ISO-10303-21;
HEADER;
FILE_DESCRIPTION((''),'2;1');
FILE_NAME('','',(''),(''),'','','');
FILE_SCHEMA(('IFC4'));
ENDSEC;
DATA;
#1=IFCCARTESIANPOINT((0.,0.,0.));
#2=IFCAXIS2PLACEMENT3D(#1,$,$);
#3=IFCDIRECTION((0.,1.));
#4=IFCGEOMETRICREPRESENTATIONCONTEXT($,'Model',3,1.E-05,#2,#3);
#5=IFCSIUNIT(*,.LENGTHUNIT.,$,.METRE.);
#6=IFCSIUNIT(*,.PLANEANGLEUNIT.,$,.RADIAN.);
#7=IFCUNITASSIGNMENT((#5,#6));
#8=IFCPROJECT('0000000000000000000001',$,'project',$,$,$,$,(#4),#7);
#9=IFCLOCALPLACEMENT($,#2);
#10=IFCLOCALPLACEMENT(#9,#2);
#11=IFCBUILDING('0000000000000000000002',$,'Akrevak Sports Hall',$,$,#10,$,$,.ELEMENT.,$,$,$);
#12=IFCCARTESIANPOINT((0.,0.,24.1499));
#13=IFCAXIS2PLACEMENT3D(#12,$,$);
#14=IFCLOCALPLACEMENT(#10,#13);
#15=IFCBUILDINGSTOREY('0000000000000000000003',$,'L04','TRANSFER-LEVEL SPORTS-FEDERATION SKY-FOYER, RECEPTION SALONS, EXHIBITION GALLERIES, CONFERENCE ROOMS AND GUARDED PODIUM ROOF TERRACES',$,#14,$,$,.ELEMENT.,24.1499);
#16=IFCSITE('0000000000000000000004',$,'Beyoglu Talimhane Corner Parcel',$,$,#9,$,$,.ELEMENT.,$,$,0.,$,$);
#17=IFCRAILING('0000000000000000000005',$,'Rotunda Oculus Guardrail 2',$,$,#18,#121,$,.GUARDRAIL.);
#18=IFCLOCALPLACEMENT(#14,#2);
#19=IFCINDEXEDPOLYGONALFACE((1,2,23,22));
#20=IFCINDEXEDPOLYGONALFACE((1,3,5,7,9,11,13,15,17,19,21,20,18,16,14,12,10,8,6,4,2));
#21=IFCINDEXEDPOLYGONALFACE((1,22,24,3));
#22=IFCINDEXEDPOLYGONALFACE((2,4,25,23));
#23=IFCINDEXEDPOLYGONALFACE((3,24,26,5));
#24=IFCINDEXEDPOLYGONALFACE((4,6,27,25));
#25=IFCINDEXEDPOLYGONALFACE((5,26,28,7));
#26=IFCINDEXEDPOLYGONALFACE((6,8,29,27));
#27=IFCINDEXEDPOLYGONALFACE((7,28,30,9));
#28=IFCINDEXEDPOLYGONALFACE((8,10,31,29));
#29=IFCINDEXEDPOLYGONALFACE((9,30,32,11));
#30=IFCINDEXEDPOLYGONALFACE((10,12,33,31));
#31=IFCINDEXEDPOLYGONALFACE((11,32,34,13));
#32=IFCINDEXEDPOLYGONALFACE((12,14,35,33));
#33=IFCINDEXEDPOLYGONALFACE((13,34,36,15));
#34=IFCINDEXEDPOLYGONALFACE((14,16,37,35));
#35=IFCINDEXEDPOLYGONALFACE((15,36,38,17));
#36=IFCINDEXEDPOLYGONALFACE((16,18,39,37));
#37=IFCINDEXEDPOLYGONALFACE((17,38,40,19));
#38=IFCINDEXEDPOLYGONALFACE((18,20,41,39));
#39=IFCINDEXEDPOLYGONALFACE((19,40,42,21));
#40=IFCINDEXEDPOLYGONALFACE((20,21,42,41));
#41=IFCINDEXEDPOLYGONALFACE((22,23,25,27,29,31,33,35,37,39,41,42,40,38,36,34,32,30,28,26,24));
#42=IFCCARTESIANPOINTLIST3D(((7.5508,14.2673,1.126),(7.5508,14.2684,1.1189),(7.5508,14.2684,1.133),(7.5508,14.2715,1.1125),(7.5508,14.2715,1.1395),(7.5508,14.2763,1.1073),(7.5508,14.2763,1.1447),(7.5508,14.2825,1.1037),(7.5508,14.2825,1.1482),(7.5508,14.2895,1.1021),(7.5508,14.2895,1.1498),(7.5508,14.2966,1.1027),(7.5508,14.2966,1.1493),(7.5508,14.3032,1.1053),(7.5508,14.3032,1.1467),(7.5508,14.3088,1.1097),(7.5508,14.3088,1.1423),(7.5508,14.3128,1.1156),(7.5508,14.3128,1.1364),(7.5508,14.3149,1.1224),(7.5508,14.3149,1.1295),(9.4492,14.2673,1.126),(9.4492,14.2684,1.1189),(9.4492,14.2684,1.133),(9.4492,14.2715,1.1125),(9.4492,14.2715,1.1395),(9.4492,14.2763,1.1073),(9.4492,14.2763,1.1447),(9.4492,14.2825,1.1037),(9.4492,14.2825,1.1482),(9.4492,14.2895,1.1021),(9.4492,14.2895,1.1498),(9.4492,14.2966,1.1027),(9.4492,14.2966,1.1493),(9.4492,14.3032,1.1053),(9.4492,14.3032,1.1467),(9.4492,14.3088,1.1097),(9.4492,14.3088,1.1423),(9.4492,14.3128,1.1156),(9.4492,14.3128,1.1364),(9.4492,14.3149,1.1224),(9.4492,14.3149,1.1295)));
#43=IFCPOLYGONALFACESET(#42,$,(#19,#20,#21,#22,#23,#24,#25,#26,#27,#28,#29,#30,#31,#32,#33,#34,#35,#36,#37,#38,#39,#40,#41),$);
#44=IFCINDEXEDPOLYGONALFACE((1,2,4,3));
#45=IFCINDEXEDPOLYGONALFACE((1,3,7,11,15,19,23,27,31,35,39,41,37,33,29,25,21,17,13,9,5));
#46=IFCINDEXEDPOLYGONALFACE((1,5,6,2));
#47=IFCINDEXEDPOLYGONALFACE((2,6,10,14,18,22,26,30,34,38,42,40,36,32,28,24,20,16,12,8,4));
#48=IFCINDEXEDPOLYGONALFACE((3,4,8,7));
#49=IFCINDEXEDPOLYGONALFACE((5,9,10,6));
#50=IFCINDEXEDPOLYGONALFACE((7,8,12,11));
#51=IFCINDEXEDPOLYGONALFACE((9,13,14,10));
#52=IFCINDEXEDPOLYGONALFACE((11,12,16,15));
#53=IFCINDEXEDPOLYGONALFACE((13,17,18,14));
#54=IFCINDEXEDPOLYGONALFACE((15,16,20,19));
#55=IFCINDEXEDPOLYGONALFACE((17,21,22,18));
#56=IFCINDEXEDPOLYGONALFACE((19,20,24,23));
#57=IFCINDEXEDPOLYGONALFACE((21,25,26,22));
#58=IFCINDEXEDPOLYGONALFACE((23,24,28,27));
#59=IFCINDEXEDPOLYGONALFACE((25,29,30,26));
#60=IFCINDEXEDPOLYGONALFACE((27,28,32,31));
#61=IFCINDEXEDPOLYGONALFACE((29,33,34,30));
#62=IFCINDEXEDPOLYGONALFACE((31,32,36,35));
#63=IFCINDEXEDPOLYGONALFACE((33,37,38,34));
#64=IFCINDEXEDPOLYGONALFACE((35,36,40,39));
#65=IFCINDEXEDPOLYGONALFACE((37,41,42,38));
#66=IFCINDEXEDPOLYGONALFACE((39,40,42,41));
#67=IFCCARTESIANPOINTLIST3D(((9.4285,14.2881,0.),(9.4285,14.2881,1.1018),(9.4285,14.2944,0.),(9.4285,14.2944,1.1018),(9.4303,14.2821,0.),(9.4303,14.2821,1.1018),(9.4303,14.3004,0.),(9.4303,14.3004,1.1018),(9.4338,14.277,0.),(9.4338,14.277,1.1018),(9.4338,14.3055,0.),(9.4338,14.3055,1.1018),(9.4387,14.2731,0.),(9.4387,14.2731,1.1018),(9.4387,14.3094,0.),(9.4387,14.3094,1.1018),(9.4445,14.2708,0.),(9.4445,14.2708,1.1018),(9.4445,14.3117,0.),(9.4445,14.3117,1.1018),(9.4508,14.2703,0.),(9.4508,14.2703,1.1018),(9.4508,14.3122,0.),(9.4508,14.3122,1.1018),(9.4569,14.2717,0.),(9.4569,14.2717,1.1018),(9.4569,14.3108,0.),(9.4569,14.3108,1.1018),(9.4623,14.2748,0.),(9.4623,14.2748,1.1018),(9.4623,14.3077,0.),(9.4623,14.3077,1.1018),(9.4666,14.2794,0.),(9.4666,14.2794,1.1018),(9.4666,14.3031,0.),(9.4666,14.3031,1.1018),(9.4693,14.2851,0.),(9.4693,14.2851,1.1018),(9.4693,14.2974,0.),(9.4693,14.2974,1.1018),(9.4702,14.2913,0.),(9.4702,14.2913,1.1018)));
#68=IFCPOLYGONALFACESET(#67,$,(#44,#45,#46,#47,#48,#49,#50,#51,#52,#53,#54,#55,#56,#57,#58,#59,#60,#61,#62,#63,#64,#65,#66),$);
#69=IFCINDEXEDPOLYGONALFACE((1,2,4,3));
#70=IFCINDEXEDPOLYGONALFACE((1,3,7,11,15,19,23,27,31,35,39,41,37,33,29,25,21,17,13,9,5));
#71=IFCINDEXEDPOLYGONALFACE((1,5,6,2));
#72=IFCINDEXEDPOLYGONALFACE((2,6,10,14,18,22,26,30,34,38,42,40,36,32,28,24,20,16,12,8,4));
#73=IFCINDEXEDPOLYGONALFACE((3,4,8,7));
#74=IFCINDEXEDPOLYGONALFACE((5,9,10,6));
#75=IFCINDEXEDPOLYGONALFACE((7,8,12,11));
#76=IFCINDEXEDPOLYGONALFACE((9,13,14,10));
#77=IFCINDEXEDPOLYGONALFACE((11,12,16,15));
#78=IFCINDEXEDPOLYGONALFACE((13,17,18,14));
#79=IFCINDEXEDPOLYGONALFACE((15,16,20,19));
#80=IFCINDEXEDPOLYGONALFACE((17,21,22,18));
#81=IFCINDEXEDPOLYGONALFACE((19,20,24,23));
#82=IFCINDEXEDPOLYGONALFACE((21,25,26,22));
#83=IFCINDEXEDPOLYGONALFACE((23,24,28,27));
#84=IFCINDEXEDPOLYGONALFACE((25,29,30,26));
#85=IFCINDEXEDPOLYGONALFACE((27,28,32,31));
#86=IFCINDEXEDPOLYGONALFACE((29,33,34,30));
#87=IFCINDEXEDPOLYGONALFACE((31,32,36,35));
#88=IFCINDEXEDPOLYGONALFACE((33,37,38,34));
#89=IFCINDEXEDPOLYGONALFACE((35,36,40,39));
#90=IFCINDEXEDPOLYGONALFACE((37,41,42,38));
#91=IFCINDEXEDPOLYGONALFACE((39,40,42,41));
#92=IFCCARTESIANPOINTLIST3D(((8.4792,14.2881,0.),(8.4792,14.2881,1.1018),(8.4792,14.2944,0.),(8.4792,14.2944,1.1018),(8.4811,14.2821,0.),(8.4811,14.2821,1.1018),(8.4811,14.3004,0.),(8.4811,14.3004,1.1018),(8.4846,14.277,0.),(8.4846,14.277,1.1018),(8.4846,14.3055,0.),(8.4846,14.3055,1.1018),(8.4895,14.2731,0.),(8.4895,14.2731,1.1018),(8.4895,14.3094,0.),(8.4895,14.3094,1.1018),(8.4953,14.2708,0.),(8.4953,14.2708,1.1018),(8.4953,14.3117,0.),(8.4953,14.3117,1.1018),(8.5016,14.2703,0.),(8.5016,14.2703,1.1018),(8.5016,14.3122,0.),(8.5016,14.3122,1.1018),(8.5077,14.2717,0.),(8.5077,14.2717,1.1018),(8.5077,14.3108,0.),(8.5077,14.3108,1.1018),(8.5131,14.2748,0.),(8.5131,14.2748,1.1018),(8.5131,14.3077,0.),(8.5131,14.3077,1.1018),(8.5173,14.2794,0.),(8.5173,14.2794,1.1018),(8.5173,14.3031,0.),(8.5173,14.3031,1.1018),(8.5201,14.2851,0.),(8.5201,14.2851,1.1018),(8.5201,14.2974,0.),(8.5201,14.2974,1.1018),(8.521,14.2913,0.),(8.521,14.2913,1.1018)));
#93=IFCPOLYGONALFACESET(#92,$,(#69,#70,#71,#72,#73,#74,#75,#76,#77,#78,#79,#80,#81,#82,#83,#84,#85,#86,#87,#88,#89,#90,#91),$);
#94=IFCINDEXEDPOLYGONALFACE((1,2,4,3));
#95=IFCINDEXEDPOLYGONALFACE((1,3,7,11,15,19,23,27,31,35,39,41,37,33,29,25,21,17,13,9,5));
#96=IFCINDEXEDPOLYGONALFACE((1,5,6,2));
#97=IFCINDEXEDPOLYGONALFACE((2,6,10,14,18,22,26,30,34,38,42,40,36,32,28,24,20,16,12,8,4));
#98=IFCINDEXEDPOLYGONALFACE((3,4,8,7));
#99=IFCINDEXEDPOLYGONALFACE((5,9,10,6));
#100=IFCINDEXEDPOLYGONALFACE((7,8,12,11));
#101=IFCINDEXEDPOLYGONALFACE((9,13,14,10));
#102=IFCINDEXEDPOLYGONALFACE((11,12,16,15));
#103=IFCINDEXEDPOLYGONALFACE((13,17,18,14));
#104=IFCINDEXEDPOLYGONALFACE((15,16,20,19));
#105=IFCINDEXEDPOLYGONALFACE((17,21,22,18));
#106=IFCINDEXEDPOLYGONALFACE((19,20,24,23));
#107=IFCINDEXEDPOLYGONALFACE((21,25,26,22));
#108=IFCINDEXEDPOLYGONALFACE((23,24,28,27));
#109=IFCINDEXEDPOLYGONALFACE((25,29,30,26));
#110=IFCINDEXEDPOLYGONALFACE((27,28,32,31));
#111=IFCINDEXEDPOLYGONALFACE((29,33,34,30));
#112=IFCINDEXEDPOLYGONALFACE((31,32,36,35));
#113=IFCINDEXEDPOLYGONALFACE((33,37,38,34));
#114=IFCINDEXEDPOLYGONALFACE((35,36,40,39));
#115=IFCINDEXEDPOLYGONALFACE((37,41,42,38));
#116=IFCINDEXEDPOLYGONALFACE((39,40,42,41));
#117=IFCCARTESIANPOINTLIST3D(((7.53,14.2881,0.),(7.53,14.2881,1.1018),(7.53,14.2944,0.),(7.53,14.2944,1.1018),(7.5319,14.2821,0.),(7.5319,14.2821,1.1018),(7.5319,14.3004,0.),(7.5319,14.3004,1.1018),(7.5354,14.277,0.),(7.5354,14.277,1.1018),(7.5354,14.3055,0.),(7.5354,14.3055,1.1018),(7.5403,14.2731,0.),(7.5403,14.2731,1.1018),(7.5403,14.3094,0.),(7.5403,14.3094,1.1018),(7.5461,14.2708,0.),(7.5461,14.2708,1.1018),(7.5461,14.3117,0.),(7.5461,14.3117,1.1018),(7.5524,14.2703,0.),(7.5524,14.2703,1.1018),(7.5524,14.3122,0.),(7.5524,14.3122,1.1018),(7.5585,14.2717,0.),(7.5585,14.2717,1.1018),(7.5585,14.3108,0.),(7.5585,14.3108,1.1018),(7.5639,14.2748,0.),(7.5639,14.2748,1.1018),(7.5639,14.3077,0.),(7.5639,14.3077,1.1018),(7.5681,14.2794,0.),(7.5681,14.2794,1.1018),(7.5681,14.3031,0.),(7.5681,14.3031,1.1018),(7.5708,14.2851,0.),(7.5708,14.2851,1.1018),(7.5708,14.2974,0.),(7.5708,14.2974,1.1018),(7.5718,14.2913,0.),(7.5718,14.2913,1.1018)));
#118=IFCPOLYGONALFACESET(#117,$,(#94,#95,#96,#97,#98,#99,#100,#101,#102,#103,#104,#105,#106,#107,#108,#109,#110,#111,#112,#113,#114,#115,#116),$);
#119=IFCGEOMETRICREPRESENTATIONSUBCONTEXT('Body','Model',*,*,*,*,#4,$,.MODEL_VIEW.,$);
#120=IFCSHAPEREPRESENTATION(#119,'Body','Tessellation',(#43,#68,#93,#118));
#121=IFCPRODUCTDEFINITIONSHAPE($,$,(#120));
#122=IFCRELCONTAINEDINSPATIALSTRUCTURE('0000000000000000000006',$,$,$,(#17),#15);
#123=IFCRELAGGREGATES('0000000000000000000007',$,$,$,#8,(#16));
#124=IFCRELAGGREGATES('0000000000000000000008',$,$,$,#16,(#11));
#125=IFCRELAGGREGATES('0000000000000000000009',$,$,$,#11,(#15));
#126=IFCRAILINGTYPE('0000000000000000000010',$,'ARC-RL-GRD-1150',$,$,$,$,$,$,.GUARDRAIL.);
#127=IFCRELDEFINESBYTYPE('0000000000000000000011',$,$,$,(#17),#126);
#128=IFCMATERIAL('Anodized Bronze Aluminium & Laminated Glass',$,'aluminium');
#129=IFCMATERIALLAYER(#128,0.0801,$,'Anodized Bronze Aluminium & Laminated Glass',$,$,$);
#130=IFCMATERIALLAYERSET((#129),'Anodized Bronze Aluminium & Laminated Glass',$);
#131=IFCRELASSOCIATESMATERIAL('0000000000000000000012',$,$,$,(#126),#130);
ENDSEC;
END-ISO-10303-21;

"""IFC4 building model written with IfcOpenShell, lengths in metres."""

from ifc_helpers import new_model, si_unit, direction, frame, origin, origin_2d, place, context, subcontext, project, spatial, circle, extrude, material, layer, layer_set, type_object, element, save


model = new_model("IFC4")

# Units and contexts
model_context = context("Model", 3, precision=1e-05, world=origin(), true_north=direction((0.0, 1.0)))
body_context = subcontext(model_context, "Body", "Model", "MODEL_VIEW")
ifc_project = project(units=[si_unit("LENGTHUNIT", "METRE"), si_unit("PLANEANGLEUNIT", "RADIAN")], contexts=[model_context])

# Site, building, storey
site_placement = place(None, origin())
site = spatial("IfcSite", under=ifc_project, at=site_placement, Name="Beyoglu Talimhane Corner Parcel", CompositionType="ELEMENT", RefElevation=0.0)
building_placement = place(site_placement, origin())
building = spatial("IfcBuilding", under=site, at=building_placement, Name="Akrevak Sports Hall", CompositionType="ELEMENT")
storey_placement = place(building_placement, frame((0.0, 0.0, 24.1499)))
storey = spatial("IfcBuildingStorey", under=building, at=storey_placement, Name="L04", Description="TRANSFER-LEVEL SPORTS-FEDERATION SKY-FOYER, RECEPTION SALONS, EXHIBITION GALLERIES, CONFERENCE ROOMS AND GUARDED PODIUM ROOF TERRACES", CompositionType="ELEMENT", Elevation=24.1499)

# Railing
ifc_material_1 = material(Name="Anodized Bronze Aluminium & Laminated Glass", Category="aluminium")
ifc_layer_1 = layer(ifc_material_1, 0.0801, Name="Anodized Bronze Aluminium & Laminated Glass")
ifc_layer_set_1 = layer_set([ifc_layer_1], Name="Anodized Bronze Aluminium & Laminated Glass")
railing_type = type_object("IfcRailingType", Name="ARC-RL-GRD-1150", PredefinedType="GUARDRAIL", material=ifc_layer_set_1)
railing_1_placement = place(storey_placement, frame((9.4492, 14.2913, 0.0)))
element("IfcRailing", 1, at=railing_1_placement, inside=storey, type_object=railing_type, Name="Rotunda Oculus Guardrail 2", PredefinedType="GUARDRAIL", context=body_context, shape_type="SweptSolid", body=[
    extrude(circle(Radius=0.0239, at=origin_2d()), frame((0.0, 0.0, 1.126), z_axis=(-1.0, 0.0, 0.0), x_axis=(0.0, -1.0, 0.0)), (0.0, 0.0, 1.0), 1.8984),
    extrude(circle(Radius=0.021, at=origin_2d()), origin(), (0.0, 0.0, 1.0), 1.1018),
    extrude(circle(Radius=0.021, at=origin_2d()), frame((-0.9492, 0.0, 0.0)), (0.0, 0.0, 1.0), 1.1018),
    extrude(circle(Radius=0.021, at=origin_2d()), frame((-1.8984, 0.0, 0.0)), (0.0, 0.0, 1.0), 1.1018),
])

save(model, "model.ifc")
